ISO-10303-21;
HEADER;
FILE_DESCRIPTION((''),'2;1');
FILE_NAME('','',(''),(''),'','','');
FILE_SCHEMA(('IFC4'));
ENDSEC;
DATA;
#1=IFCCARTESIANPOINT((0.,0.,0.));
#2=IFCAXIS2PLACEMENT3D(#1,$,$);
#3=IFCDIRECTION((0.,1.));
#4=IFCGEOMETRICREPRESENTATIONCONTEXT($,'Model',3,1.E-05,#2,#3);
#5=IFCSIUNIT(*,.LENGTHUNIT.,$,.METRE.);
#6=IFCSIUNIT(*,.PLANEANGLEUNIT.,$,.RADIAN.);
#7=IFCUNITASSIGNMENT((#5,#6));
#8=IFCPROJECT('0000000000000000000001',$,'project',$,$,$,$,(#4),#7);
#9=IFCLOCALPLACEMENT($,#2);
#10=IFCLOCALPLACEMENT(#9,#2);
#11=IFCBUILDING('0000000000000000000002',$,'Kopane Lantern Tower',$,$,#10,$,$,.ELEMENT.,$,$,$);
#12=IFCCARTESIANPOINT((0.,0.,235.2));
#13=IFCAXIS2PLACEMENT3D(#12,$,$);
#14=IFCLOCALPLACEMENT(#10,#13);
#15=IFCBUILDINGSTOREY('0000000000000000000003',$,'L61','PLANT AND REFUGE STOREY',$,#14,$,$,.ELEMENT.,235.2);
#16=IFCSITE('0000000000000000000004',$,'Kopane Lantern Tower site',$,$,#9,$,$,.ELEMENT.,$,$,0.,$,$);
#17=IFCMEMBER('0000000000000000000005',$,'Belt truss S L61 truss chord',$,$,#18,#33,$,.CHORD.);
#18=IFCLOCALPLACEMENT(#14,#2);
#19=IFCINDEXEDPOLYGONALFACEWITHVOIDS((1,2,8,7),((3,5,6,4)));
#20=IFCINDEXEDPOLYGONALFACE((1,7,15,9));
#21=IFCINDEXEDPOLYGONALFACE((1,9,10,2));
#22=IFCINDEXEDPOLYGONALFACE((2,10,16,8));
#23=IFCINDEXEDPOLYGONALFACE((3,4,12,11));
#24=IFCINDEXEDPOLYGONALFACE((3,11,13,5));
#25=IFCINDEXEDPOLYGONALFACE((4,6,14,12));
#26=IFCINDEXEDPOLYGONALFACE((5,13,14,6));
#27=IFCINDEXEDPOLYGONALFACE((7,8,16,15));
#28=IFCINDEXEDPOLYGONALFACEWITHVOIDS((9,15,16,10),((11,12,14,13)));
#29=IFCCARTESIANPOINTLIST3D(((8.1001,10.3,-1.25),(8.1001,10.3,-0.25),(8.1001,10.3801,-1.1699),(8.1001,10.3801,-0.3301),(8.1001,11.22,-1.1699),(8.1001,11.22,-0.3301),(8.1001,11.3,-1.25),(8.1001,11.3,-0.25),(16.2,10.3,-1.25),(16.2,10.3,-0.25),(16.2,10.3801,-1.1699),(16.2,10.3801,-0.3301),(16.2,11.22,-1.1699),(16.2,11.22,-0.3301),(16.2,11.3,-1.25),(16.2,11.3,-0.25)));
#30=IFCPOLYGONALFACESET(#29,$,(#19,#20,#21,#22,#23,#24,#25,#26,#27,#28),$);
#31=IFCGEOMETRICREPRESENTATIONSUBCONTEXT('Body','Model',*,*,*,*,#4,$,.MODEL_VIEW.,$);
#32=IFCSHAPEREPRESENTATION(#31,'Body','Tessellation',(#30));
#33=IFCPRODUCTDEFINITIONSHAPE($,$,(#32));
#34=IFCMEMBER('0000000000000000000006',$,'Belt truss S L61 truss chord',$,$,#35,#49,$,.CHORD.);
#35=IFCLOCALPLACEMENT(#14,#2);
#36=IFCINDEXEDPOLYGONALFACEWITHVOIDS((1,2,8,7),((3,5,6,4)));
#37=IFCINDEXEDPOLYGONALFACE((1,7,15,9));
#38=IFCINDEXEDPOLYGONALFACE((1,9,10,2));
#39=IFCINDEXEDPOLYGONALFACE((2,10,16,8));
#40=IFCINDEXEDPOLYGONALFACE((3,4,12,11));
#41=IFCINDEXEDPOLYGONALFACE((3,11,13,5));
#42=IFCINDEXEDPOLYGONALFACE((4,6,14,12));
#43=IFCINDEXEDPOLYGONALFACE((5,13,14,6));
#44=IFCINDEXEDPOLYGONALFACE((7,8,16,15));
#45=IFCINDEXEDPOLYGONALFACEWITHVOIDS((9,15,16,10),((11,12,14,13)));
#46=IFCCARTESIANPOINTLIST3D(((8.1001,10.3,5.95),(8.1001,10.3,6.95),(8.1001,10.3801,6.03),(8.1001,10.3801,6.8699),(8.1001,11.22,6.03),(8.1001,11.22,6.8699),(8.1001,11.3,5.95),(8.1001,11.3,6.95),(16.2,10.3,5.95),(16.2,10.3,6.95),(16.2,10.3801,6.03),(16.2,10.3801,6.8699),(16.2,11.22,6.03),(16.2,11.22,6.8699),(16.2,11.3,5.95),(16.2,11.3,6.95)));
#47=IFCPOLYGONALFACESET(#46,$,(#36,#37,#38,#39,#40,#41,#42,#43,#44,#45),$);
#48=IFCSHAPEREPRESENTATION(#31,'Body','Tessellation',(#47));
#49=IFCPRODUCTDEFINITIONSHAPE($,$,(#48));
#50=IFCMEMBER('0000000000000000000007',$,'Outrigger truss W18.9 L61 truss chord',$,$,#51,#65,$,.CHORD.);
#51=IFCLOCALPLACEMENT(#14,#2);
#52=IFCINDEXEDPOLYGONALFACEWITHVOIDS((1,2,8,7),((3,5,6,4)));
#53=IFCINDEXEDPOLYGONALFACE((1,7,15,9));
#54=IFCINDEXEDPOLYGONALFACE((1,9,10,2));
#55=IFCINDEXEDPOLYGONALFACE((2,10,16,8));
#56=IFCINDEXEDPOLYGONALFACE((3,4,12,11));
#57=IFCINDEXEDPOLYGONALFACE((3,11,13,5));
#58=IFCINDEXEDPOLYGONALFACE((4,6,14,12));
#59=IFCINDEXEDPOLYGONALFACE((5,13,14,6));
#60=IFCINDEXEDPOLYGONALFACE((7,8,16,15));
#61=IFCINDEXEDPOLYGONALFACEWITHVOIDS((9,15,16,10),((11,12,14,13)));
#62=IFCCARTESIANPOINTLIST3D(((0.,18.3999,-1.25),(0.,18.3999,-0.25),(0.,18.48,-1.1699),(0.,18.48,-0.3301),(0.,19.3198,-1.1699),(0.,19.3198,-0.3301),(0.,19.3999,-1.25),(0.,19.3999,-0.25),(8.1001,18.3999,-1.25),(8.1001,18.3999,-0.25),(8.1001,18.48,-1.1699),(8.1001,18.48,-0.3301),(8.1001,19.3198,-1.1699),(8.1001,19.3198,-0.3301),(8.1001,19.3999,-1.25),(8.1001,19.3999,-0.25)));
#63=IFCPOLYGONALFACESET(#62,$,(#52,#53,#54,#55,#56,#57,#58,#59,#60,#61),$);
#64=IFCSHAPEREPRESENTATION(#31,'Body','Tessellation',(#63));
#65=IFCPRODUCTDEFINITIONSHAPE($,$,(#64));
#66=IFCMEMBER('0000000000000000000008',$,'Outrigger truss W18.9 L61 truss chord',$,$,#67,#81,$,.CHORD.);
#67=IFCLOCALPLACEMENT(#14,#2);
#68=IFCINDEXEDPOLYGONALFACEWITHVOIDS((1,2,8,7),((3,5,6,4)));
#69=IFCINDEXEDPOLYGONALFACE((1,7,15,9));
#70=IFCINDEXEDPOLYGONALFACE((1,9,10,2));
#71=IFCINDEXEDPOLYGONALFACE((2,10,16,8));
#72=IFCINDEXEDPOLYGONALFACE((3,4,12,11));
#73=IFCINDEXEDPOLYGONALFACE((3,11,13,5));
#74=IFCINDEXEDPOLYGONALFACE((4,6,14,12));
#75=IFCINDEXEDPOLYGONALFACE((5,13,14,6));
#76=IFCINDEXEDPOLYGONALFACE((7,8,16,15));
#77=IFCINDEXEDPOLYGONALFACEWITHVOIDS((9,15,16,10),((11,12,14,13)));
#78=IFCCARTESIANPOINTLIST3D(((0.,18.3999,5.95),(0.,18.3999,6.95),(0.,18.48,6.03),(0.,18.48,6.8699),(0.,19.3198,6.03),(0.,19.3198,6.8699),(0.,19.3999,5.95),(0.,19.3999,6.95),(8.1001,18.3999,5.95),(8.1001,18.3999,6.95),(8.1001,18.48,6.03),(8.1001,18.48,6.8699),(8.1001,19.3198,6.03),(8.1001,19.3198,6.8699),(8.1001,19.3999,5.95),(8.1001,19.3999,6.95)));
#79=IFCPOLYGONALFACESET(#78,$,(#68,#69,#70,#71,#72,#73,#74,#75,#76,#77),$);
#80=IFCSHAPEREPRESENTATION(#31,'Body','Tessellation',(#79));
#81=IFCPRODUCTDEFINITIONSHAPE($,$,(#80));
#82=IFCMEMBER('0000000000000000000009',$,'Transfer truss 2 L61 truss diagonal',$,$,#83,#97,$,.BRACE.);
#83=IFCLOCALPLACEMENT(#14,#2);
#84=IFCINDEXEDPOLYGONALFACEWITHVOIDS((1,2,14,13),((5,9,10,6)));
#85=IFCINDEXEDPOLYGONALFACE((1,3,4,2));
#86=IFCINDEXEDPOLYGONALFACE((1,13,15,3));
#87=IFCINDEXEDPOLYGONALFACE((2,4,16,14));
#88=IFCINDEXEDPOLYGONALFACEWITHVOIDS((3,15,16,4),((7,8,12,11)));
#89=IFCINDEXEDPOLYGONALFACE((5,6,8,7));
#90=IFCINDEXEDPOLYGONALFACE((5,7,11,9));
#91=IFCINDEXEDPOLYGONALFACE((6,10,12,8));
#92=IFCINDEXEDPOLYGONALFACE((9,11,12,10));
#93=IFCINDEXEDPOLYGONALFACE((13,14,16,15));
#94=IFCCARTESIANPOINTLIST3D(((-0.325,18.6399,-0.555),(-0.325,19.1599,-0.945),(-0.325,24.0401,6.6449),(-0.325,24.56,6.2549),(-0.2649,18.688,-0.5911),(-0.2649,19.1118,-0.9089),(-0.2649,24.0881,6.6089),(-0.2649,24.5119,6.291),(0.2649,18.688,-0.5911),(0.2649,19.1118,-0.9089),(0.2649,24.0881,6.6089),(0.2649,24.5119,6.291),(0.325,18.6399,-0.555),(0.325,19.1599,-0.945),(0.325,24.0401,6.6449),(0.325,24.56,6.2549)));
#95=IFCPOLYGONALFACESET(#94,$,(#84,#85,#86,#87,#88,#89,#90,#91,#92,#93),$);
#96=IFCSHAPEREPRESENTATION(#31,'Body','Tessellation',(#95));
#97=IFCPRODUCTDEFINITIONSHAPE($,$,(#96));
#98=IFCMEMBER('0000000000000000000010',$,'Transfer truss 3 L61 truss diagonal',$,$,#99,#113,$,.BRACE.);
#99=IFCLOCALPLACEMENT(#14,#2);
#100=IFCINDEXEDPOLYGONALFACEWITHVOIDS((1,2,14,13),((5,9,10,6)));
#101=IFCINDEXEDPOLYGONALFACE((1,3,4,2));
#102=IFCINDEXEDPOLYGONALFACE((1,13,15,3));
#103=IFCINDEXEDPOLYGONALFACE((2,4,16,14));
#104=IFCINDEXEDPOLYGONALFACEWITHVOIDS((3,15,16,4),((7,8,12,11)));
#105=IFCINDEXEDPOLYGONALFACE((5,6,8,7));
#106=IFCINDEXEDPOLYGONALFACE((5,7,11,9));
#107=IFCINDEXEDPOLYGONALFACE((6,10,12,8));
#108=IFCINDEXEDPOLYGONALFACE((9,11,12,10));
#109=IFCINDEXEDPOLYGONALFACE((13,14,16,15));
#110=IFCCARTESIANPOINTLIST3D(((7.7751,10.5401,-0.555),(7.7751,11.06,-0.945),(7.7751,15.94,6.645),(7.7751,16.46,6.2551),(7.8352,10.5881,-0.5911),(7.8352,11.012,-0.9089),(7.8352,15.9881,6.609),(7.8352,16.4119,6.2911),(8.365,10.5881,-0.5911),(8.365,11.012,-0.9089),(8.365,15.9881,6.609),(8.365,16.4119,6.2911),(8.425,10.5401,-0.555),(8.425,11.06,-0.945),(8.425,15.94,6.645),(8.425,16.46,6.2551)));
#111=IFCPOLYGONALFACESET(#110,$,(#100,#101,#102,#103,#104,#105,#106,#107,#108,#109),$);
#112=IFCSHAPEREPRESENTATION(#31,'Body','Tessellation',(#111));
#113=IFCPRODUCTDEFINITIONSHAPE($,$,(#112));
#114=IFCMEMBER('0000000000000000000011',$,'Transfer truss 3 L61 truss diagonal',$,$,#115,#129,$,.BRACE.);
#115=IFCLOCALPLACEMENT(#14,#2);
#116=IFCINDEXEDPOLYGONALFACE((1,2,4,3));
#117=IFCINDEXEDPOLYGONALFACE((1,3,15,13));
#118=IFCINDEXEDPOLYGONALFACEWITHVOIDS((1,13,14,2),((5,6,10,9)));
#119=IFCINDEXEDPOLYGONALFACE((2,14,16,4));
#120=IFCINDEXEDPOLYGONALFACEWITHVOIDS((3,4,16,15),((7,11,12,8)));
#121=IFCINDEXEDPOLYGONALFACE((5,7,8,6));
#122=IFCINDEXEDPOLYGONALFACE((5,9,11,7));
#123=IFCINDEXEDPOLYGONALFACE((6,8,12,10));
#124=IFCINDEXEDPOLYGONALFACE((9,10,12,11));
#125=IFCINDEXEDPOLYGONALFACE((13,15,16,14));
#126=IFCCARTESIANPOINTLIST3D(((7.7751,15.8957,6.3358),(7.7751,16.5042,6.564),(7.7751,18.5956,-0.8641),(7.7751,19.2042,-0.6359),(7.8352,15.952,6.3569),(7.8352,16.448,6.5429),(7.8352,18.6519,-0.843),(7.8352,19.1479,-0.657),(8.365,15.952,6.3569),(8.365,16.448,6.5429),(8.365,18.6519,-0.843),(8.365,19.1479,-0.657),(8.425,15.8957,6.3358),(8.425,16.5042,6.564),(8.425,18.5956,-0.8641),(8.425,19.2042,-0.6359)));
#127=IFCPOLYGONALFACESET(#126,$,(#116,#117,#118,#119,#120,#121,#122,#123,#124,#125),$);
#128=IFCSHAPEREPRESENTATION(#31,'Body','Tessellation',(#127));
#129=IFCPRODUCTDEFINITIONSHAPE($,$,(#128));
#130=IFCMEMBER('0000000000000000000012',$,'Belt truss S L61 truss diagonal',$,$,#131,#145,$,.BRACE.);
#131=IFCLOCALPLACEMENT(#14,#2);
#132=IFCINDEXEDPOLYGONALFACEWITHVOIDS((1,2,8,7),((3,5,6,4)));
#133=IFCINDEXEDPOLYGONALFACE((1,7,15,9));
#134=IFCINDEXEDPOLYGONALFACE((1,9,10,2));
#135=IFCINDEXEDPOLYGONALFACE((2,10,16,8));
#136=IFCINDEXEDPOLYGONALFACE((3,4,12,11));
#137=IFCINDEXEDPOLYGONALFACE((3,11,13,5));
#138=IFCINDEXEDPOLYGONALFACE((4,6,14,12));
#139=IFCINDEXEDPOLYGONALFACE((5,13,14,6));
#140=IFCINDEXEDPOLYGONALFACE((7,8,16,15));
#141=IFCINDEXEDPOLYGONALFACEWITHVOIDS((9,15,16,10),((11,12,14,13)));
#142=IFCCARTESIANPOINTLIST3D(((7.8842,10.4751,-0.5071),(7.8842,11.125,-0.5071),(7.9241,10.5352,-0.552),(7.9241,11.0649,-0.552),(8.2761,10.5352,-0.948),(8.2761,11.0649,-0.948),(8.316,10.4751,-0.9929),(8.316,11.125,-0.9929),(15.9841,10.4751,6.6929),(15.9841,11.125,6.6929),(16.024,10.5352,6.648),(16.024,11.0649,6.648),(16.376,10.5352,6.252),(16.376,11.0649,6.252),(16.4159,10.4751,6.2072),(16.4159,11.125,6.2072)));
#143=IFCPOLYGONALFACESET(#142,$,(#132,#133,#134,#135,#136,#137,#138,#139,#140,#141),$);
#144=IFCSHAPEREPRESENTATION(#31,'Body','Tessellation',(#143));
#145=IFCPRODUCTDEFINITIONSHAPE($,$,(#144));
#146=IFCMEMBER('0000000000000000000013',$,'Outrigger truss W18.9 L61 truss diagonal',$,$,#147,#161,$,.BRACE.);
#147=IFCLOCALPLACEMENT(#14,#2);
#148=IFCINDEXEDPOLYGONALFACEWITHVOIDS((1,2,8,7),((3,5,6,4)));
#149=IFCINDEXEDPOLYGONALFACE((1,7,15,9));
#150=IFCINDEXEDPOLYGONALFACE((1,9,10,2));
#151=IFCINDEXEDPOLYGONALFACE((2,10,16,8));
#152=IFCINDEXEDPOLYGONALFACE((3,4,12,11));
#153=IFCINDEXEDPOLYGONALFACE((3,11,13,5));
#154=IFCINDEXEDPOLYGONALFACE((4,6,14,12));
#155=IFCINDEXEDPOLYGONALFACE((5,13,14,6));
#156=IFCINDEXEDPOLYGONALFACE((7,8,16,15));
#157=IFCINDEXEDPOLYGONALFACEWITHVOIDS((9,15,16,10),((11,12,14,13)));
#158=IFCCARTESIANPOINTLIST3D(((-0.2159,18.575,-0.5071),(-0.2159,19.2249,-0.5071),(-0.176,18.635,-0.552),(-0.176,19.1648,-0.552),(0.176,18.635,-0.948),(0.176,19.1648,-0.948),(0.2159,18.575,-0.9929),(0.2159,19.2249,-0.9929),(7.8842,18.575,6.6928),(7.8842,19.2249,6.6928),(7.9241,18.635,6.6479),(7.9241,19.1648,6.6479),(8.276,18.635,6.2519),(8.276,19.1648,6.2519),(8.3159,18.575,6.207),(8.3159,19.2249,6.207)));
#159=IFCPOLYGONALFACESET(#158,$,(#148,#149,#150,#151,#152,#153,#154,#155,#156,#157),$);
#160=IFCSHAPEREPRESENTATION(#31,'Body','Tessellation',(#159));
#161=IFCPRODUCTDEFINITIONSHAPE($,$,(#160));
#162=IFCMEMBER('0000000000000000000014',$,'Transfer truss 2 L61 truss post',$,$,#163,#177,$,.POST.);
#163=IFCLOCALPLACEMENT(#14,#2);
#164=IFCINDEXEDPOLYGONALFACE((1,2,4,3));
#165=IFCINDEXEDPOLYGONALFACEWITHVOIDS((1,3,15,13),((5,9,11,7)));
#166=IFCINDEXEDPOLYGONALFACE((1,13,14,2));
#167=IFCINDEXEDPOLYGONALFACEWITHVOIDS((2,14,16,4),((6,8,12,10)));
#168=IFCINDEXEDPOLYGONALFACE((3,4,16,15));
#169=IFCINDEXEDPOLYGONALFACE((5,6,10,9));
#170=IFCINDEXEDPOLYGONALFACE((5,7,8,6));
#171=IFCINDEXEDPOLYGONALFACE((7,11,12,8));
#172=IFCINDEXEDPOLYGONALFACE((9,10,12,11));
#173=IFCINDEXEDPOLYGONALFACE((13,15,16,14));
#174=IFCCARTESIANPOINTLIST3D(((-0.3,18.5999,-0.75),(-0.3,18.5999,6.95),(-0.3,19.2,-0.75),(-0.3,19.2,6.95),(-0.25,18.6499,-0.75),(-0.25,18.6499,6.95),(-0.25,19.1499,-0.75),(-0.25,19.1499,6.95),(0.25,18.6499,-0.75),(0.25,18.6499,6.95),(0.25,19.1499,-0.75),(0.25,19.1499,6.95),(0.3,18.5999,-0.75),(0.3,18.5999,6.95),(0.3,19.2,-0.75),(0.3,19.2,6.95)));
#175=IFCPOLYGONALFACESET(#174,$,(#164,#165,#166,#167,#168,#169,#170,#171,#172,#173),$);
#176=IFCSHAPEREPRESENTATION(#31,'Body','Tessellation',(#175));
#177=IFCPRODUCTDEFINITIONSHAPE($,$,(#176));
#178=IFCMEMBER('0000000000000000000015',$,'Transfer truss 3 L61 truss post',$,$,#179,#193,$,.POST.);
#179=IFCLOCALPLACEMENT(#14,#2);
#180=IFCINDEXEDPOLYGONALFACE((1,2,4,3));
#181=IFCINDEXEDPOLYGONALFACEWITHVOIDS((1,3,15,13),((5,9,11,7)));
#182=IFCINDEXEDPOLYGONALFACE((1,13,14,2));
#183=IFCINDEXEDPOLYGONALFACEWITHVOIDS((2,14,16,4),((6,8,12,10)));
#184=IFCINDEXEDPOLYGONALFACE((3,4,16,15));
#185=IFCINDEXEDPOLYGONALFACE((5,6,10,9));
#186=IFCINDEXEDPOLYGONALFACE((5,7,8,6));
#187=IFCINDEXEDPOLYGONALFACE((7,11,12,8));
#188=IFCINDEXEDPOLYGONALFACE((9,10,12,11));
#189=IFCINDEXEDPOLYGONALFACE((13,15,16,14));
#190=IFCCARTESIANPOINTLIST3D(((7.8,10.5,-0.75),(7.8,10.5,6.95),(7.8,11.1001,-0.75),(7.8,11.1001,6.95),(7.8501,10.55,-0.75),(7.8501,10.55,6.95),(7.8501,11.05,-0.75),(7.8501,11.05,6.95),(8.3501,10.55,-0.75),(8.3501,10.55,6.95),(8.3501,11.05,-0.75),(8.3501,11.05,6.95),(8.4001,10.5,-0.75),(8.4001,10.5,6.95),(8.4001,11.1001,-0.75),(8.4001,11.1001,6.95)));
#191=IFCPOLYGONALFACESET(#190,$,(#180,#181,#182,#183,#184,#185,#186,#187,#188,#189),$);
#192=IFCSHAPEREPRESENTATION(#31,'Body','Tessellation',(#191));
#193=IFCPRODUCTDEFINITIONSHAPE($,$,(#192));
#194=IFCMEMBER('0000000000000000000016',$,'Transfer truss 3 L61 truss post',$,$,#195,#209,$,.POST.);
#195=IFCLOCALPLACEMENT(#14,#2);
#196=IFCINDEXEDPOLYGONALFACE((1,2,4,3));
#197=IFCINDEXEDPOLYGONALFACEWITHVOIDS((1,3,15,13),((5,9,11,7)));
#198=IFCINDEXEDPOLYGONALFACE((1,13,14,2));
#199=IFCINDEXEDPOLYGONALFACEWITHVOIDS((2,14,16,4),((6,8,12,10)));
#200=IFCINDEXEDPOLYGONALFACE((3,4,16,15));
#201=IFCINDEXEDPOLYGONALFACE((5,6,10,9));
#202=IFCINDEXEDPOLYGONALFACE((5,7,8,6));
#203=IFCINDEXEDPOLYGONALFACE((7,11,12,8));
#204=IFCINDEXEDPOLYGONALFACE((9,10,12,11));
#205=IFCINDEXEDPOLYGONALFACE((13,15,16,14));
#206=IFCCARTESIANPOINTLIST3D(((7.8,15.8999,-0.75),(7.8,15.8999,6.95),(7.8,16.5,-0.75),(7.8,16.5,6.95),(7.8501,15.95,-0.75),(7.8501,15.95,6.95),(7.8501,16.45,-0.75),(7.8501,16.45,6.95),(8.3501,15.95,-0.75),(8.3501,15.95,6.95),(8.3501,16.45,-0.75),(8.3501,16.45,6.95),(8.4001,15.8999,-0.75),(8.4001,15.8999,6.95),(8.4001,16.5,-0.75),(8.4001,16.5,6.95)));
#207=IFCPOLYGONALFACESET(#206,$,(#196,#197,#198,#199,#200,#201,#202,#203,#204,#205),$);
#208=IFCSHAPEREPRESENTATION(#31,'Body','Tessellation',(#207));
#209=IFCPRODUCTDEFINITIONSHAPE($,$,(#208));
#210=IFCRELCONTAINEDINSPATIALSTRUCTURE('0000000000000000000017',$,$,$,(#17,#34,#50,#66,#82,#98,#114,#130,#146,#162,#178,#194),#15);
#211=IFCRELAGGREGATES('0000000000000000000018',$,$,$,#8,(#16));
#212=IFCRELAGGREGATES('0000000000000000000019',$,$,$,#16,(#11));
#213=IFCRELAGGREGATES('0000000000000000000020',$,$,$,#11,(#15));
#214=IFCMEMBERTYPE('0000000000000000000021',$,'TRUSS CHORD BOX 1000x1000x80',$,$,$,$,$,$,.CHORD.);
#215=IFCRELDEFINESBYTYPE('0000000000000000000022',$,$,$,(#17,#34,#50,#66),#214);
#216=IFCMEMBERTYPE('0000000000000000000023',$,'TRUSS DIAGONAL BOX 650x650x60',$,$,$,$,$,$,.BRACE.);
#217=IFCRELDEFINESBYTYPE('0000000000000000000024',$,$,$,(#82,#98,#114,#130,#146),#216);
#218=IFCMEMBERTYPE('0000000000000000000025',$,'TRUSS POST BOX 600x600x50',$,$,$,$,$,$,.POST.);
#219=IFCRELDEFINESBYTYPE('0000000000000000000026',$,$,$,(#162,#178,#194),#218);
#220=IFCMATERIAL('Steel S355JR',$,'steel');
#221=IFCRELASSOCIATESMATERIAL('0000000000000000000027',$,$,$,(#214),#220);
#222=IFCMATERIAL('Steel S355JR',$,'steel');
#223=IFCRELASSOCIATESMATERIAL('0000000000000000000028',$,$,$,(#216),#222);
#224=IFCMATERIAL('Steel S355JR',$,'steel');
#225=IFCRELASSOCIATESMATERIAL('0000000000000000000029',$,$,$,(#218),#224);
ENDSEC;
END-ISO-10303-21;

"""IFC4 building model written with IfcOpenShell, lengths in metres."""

from ifc_helpers import new_model, si_unit, direction, frame, origin, origin_2d, place, context, subcontext, project, spatial, hollow_rectangle, extrude, material, material_profile, profile_set, type_object, element, save


model = new_model("IFC4")

# Units and contexts
model_context = context("Model", 3, precision=1e-05, world=origin(), true_north=direction((0.0, 1.0)))
body_context = subcontext(model_context, "Body", "Model", "MODEL_VIEW")
ifc_project = project(units=[si_unit("LENGTHUNIT", "METRE"), si_unit("PLANEANGLEUNIT", "RADIAN")], contexts=[model_context])

# Site, building, storey
site_placement = place(None, origin())
site = spatial("IfcSite", under=ifc_project, at=site_placement, Name="Kopane Lantern Tower site", CompositionType="ELEMENT", RefElevation=0.0)
building_placement = place(site_placement, origin())
building = spatial("IfcBuilding", under=site, at=building_placement, Name="Kopane Lantern Tower", CompositionType="ELEMENT")
storey_placement = place(building_placement, frame((0.0, 0.0, 235.2)))
storey = spatial("IfcBuildingStorey", under=building, at=storey_placement, Name="L61", Description="PLANT AND REFUGE STOREY", CompositionType="ELEMENT", Elevation=235.2)

# Members
ifc_material_1 = material(Name="Steel S355JR", Category="steel")
ifc_material_profile_1 = material_profile(ifc_material_1, hollow_rectangle(XDim=1.0, YDim=1.0, WallThickness=0.0801, at=origin_2d()), Name="BOX 1000x1000x80")
ifc_profile_set_1 = profile_set([ifc_material_profile_1], Name="Steel S355JR")
member_type_1 = type_object("IfcMemberType", Name="TRUSS CHORD BOX 1000x1000x80", PredefinedType="CHORD", material=ifc_profile_set_1)
for number, where, z_axis, x_axis, name in (
    (1, (8.1001, 10.8, -0.75), (1.0, 0.0, 0.0), (0.0, 1.0, 0.0), "Belt truss S L61 truss chord"),
    (2, (8.1001, 10.8, 6.45), (1.0, 0.0, 0.0), (0.0, 1.0, 0.0), "Belt truss S L61 truss chord"),
):
    element("IfcMember", number, at=place(storey_placement, frame(where, z_axis=z_axis, x_axis=x_axis)), inside=storey, type_object=member_type_1, Name=name, PredefinedType="CHORD", context=body_context, shape_type="SweptSolid", body=[
        extrude(hollow_rectangle(XDim=1.0, YDim=1.0, WallThickness=0.0801, at=origin_2d()), origin(), (0.0, 0.0, 1.0), 8.0999),
    ])
for number, where, z_axis, x_axis, name in (
    (3, (0.0, 18.8999, -0.75), (1.0, 0.0, 0.0), (0.0, 1.0, 0.0), "Outrigger truss W18.9 L61 truss chord"),
    (4, (0.0, 18.8999, 6.45), (1.0, 0.0, 0.0), (0.0, 1.0, 0.0), "Outrigger truss W18.9 L61 truss chord"),
):
    element("IfcMember", number, at=place(storey_placement, frame(where, z_axis=z_axis, x_axis=x_axis)), inside=storey, type_object=member_type_1, Name=name, PredefinedType="CHORD", context=body_context, shape_type="SweptSolid", body=[
        extrude(hollow_rectangle(XDim=1.0, YDim=1.0, WallThickness=0.0801, at=origin_2d()), origin(), (0.0, 0.0, 1.0), 8.1001),
    ])
ifc_material_2 = material(Name="Steel S355JR", Category="steel")
ifc_material_profile_2 = material_profile(ifc_material_2, hollow_rectangle(XDim=0.6499, YDim=0.6499, WallThickness=0.0601, at=origin_2d()), Name="BOX 650x650x60")
ifc_profile_set_2 = profile_set([ifc_material_profile_2], Name="Steel S355JR")
member_type_2 = type_object("IfcMemberType", Name="TRUSS DIAGONAL BOX 650x650x60", PredefinedType="BRACE", material=ifc_profile_set_2)
for number, where, z_axis, x_axis, name in (
    (5, (0.0, 18.8999, -0.75), (0.0, 0.600013, 0.79999), (-1.0, 0.0, 0.0), "Transfer truss 2 L61 truss diagonal"),
    (6, (8.1001, 10.8, -0.75), (0.0, 0.599996, 0.800003), (-1.0, 0.0, 0.0), "Transfer truss 3 L61 truss diagonal"),
):
    element("IfcMember", number, at=place(storey_placement, frame(where, z_axis=z_axis, x_axis=x_axis)), inside=storey, type_object=member_type_2, Name=name, PredefinedType="BRACE", context=body_context, shape_type="SweptSolid", body=[
        extrude(hollow_rectangle(XDim=0.6499, YDim=0.6499, WallThickness=0.0601, at=origin_2d()), origin(), (0.0, 0.0, 1.0), 9.0),
    ])
member_1_placement = place(storey_placement, frame((8.1001, 18.8999, -0.75), z_axis=(0.0, -0.35112, 0.93633), x_axis=(1.0, 0.0, 0.0)))
element("IfcMember", 7, at=member_1_placement, inside=storey, type_object=member_type_2, Name="Transfer truss 3 L61 truss diagonal", PredefinedType="BRACE", context=body_context, shape_type="SweptSolid", body=[
    extrude(hollow_rectangle(XDim=0.6499, YDim=0.6499, WallThickness=0.0601, at=origin_2d()), origin(), (0.0, 0.0, 1.0), 7.6895),
])
for number, where, z_axis, x_axis, name in (
    (8, (8.1001, 10.8, -0.75), (0.747406, 0.0, 0.664368), (0.0, 1.0, 0.0), "Belt truss S L61 truss diagonal"),
    (9, (0.0, 18.8999, -0.75), (0.747416, 0.0, 0.664357), (0.0, 1.0, 0.0), "Outrigger truss W18.9 L61 truss diagonal"),
):
    element("IfcMember", number, at=place(storey_placement, frame(where, z_axis=z_axis, x_axis=x_axis)), inside=storey, type_object=member_type_2, Name=name, PredefinedType="BRACE", context=body_context, shape_type="SweptSolid", body=[
        extrude(hollow_rectangle(XDim=0.6499, YDim=0.6499, WallThickness=0.0601, at=origin_2d()), origin(), (0.0, 0.0, 1.0), 10.8374),
    ])
ifc_material_3 = material(Name="Steel S355JR", Category="steel")
ifc_material_profile_3 = material_profile(ifc_material_3, hollow_rectangle(XDim=0.6001, YDim=0.6001, WallThickness=0.05, at=origin_2d()), Name="BOX 600x600x50")
ifc_profile_set_3 = profile_set([ifc_material_profile_3], Name="Steel S355JR")
member_type_3 = type_object("IfcMemberType", Name="TRUSS POST BOX 600x600x50", PredefinedType="POST", material=ifc_profile_set_3)
for number, where, z_axis, x_axis, name in (
    (10, (0.0, 18.8999, -0.75), (0.0, 0.0, 1.0), (1.0, 0.0, 0.0), "Transfer truss 2 L61 truss post"),
    (11, (8.1001, 10.8, -0.75), (0.0, 0.0, 1.0), (1.0, 0.0, 0.0), "Transfer truss 3 L61 truss post"),
    (12, (8.1001, 16.2, -0.75), (0.0, 0.0, 1.0), (1.0, 0.0, 0.0), "Transfer truss 3 L61 truss post"),
):
    element("IfcMember", number, at=place(storey_placement, frame(where, z_axis=z_axis, x_axis=x_axis)), inside=storey, type_object=member_type_3, Name=name, PredefinedType="POST", context=body_context, shape_type="SweptSolid", body=[
        extrude(hollow_rectangle(XDim=0.6001, YDim=0.6001, WallThickness=0.05, at=origin_2d()), origin(), (0.0, 0.0, 1.0), 7.7),
    ])

save(model, "model.ifc")
